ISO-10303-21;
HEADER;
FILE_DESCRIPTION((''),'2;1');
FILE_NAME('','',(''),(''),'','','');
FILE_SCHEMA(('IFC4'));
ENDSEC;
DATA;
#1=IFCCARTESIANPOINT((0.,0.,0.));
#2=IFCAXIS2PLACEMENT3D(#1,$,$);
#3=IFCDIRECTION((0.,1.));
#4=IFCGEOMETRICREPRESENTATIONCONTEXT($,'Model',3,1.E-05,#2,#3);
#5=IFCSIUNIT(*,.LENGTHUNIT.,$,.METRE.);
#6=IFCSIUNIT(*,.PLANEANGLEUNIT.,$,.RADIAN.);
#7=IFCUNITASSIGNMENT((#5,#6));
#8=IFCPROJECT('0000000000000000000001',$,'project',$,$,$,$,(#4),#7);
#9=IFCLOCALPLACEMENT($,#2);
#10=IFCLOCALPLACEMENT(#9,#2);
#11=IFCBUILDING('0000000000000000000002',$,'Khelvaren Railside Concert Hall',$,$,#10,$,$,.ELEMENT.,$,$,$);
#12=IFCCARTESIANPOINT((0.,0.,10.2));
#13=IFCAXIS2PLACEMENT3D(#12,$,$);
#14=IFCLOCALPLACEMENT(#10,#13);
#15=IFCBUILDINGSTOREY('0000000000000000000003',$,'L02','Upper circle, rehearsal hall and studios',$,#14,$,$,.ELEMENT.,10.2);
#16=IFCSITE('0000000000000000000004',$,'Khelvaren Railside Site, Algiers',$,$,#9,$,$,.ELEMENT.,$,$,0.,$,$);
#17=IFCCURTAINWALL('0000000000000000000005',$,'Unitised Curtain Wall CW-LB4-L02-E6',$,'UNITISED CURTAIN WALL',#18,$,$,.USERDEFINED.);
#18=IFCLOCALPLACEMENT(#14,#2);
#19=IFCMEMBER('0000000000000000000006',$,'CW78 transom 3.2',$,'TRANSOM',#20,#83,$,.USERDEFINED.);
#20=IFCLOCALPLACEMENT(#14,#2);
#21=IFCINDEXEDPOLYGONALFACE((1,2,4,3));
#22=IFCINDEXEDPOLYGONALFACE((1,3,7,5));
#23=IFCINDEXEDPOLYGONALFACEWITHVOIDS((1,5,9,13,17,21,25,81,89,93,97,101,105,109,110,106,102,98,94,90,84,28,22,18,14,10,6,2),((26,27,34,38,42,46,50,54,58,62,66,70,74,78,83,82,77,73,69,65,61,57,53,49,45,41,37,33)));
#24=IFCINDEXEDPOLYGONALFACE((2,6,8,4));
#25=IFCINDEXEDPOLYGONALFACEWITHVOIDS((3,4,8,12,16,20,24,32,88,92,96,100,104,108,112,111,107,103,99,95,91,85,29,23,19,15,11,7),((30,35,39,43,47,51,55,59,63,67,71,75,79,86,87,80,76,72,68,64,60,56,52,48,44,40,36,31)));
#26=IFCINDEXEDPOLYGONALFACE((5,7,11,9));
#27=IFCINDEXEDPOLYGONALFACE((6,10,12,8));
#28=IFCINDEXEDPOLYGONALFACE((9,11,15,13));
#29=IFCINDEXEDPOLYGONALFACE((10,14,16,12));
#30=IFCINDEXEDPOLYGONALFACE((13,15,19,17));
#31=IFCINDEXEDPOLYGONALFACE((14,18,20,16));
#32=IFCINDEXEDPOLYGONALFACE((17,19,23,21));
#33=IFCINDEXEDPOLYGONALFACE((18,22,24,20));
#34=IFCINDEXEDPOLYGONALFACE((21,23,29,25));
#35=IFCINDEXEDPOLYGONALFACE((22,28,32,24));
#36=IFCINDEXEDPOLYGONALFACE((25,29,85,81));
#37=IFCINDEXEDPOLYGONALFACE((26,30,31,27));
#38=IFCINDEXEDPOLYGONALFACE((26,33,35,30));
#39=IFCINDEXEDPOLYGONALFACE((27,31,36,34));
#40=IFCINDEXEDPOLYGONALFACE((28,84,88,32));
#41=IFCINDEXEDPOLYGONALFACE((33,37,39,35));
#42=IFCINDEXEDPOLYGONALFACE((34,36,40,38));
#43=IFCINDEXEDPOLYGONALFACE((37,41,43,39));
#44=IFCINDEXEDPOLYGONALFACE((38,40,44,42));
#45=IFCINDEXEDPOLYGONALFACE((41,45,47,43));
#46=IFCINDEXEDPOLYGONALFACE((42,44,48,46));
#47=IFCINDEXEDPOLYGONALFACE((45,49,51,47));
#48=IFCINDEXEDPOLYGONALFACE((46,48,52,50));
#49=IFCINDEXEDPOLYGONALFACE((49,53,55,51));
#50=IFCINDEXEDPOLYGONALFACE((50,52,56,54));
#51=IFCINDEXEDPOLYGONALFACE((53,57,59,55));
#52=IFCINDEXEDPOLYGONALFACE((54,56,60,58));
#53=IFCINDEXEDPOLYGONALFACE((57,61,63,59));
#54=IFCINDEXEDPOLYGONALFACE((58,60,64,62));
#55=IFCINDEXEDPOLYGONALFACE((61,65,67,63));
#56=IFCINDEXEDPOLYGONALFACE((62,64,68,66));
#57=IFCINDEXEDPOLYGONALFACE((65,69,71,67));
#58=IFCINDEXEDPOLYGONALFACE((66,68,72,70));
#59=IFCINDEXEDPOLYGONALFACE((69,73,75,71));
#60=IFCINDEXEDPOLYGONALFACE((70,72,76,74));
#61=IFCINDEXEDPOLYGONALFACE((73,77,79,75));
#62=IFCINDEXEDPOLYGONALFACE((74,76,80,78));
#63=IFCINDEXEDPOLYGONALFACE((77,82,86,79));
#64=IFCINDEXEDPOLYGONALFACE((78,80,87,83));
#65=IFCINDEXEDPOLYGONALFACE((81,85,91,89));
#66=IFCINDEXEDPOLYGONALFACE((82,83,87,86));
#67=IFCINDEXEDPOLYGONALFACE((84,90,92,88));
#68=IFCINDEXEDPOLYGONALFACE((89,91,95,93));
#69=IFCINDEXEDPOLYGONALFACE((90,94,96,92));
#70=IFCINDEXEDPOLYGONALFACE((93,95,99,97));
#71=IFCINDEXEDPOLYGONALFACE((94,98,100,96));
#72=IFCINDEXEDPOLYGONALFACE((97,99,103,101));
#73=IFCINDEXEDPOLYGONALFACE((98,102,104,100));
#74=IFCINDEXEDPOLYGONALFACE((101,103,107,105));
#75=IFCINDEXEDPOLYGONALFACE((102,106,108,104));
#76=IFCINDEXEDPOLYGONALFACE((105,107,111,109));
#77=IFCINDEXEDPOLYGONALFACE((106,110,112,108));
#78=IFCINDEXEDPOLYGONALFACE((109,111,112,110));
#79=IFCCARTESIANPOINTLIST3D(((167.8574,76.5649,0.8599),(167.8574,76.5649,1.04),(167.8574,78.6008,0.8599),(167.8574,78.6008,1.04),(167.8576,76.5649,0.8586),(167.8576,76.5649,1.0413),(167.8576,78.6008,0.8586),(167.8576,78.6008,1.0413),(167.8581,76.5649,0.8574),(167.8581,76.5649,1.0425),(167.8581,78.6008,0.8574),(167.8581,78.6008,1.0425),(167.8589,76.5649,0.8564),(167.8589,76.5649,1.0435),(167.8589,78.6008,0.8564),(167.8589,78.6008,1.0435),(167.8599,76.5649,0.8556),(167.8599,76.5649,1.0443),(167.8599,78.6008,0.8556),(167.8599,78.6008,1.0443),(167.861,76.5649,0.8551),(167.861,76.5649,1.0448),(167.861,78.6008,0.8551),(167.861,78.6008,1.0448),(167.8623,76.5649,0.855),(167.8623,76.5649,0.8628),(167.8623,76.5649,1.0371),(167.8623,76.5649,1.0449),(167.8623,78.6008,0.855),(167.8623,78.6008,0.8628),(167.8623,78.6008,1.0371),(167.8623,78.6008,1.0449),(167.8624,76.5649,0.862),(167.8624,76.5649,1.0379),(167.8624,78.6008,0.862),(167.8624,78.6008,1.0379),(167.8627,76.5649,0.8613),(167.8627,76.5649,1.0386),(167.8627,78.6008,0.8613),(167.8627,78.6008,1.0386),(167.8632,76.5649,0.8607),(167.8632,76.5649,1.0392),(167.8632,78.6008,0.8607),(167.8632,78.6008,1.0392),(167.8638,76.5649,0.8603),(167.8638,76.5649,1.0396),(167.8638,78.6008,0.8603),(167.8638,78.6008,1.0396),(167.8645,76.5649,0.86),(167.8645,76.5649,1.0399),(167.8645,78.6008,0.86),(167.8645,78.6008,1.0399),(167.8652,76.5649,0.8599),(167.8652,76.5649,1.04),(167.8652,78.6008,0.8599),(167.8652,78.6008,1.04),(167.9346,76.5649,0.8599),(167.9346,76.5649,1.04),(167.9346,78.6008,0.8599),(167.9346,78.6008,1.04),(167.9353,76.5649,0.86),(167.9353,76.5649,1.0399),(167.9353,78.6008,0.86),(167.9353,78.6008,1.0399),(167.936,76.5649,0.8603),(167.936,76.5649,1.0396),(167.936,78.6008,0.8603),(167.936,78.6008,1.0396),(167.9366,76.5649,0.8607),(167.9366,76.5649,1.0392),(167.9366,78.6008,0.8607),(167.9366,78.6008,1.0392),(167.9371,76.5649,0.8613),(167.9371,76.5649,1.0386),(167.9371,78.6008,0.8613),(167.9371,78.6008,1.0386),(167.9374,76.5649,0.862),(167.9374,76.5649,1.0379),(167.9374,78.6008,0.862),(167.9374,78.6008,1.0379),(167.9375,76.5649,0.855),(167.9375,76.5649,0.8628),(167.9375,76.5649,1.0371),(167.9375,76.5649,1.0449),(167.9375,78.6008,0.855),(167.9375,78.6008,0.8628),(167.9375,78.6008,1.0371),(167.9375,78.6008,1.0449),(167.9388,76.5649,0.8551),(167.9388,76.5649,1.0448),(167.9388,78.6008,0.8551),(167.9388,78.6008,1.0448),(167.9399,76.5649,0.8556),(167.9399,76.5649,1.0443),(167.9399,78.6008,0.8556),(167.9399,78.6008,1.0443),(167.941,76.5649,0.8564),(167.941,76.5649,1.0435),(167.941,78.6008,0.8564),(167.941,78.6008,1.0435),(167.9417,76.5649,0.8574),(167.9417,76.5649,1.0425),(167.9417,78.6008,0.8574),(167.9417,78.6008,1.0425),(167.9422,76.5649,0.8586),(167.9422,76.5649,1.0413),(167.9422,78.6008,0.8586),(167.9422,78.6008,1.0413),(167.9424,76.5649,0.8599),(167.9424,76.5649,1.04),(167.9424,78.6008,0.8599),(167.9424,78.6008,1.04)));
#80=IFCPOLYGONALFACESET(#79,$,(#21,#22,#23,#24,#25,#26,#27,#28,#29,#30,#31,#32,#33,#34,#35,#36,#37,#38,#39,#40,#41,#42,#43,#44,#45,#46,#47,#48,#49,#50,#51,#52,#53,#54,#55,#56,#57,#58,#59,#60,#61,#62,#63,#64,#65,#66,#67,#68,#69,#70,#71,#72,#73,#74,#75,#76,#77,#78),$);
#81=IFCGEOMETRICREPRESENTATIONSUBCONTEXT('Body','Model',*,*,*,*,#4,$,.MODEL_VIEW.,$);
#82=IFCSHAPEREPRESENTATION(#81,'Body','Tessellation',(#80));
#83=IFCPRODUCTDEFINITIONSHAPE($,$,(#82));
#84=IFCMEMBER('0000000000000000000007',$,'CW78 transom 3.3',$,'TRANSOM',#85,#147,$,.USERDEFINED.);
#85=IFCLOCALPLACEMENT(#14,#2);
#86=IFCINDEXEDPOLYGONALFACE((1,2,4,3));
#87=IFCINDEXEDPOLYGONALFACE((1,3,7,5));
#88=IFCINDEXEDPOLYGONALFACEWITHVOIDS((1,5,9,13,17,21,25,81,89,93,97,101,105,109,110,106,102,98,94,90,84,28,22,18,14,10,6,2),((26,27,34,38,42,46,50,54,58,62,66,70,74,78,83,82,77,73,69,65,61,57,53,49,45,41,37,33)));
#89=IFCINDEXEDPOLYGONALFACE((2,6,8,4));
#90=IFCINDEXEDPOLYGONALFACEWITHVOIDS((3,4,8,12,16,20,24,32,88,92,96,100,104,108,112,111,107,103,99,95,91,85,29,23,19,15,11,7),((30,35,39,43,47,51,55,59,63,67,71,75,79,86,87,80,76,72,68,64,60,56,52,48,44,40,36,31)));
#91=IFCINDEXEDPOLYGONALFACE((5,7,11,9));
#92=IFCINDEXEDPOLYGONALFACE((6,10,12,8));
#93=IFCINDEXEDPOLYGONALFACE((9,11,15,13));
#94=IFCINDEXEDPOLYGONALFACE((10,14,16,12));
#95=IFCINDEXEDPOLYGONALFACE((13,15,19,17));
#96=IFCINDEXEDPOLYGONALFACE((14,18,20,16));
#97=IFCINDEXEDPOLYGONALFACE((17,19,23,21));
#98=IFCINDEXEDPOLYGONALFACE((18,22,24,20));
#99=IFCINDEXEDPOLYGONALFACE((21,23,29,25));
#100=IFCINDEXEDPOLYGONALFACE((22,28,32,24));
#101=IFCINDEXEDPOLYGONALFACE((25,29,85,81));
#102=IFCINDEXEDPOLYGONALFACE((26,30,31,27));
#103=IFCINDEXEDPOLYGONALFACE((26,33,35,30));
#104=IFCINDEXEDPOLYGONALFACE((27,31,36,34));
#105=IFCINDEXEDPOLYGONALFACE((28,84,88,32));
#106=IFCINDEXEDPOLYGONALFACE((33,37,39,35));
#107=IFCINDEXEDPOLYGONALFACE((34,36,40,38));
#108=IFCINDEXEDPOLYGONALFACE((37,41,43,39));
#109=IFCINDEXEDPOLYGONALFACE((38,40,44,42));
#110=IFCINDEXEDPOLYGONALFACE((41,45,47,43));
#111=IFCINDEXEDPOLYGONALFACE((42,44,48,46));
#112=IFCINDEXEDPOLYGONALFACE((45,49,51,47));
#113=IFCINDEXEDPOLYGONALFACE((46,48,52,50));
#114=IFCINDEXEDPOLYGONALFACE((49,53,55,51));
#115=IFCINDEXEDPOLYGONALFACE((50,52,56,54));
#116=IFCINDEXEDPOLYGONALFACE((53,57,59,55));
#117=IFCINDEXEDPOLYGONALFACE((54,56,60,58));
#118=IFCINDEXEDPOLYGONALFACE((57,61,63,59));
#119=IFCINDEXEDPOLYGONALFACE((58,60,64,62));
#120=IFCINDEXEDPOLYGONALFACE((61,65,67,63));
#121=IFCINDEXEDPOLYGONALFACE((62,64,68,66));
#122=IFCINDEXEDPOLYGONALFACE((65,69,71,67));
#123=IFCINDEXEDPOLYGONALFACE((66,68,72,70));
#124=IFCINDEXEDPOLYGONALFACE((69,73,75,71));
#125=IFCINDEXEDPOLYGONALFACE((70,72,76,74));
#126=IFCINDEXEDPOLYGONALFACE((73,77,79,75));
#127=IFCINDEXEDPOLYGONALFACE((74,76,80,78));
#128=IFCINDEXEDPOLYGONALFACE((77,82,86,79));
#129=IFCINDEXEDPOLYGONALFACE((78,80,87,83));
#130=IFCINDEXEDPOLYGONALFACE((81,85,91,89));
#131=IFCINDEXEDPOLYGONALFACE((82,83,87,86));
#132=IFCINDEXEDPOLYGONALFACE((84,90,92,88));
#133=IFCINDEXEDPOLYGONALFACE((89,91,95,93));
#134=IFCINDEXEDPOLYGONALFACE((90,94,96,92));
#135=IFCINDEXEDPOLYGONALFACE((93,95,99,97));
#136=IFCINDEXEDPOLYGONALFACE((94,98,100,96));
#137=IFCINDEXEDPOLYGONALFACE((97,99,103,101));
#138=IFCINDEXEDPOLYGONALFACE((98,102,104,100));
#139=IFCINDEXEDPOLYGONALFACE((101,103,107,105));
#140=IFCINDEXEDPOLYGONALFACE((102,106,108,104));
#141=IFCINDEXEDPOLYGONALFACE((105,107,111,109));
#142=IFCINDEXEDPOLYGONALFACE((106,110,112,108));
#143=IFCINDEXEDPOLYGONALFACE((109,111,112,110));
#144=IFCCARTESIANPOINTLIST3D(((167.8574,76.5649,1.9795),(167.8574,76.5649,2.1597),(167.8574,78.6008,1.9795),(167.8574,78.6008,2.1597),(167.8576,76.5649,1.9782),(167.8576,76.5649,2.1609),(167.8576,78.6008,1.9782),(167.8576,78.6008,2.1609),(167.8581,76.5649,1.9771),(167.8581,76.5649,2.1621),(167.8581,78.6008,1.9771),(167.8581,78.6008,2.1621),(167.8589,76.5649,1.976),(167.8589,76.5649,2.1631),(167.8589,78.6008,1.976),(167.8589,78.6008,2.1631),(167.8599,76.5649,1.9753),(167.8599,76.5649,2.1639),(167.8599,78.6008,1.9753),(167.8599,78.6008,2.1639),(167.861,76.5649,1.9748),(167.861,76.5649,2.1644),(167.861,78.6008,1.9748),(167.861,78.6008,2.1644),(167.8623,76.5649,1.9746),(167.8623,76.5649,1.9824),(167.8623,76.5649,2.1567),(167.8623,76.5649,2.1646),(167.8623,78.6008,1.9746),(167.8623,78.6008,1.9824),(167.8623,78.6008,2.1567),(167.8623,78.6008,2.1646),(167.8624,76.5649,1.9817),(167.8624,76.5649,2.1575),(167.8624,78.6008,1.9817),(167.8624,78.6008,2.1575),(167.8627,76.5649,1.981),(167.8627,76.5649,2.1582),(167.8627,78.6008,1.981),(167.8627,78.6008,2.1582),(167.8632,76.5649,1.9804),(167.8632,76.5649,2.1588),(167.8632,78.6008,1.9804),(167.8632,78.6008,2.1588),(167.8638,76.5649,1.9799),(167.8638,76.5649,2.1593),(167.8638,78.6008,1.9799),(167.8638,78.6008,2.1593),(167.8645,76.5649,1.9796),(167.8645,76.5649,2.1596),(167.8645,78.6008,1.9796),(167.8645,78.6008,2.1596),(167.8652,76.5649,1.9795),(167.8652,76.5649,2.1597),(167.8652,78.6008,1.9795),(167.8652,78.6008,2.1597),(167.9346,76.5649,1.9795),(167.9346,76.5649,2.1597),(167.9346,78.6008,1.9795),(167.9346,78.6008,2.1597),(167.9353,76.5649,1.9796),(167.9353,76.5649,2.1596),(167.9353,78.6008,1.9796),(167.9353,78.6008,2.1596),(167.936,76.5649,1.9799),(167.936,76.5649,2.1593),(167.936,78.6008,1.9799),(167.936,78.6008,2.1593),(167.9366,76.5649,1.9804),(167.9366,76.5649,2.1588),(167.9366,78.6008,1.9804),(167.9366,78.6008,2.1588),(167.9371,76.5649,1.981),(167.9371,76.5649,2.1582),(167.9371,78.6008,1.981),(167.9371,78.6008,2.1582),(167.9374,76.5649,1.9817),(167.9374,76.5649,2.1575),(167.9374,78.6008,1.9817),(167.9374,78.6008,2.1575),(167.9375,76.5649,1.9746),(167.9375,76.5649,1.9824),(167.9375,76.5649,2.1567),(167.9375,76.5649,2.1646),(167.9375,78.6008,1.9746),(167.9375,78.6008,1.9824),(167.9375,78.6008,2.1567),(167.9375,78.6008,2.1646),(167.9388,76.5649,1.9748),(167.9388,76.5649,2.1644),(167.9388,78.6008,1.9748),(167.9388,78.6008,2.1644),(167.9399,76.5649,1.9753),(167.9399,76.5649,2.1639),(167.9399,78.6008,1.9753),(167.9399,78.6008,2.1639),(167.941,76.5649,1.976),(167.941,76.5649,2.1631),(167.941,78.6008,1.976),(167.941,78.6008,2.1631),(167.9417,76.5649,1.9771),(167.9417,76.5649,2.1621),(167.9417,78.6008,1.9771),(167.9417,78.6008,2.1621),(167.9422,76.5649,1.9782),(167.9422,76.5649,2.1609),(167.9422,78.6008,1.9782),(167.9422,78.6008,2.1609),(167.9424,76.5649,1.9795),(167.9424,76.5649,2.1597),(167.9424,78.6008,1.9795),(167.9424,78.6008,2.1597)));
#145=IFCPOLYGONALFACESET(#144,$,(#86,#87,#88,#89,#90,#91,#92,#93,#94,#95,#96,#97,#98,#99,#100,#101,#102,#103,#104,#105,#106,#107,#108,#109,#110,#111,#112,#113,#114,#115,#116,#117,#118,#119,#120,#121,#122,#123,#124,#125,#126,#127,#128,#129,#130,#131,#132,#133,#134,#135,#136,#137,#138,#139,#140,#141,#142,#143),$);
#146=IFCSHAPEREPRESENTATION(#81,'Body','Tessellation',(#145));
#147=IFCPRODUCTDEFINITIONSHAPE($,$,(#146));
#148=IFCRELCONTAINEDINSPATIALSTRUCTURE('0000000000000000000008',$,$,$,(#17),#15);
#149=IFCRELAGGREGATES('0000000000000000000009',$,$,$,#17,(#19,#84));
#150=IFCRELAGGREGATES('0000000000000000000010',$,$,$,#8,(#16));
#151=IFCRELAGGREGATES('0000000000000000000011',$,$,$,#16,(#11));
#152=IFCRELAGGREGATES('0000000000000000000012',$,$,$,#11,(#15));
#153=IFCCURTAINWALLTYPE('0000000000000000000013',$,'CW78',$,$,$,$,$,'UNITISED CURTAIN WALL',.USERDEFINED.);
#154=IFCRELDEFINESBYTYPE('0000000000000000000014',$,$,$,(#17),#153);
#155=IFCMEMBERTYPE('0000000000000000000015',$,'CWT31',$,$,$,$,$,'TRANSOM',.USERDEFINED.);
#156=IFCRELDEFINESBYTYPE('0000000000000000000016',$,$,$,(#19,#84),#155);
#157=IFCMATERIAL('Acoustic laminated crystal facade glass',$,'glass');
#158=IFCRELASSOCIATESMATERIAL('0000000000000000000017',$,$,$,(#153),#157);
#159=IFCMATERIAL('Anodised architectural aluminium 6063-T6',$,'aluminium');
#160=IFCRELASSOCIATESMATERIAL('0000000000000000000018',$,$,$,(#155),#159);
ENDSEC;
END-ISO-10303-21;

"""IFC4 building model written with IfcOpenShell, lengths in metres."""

from ifc_helpers import new_model, si_unit, direction, frame, origin, origin_2d, place, context, subcontext, project, spatial, hollow_rectangle, extrude, material, material_profile, profile_set, type_object, element, aggregate, save


model = new_model("IFC4")

# Units and contexts
model_context = context("Model", 3, precision=1e-05, world=origin(), true_north=direction((0.0, 1.0)))
body_context = subcontext(model_context, "Body", "Model", "MODEL_VIEW")
ifc_project = project(units=[si_unit("LENGTHUNIT", "METRE"), si_unit("PLANEANGLEUNIT", "RADIAN")], contexts=[model_context])

# Site, building, storey
site_placement = place(None, origin())
site = spatial("IfcSite", under=ifc_project, at=site_placement, Name="Khelvaren Railside Site, Algiers", CompositionType="ELEMENT", RefElevation=0.0)
building_placement = place(site_placement, origin())
building = spatial("IfcBuilding", under=site, at=building_placement, Name="Khelvaren Railside Concert Hall", CompositionType="ELEMENT")
storey_placement = place(building_placement, frame((0.0, 0.0, 10.2)))
storey = spatial("IfcBuildingStorey", under=building, at=storey_placement, Name="L02", Description="Upper circle, rehearsal hall and studios", CompositionType="ELEMENT", Elevation=10.2)

# Curtain wall, members
ifc_material_1 = material(Name="Acoustic laminated crystal facade glass", Category="glass")
curtain_wall_type = type_object("IfcCurtainWallType", Name="CW78", ElementType="UNITISED CURTAIN WALL", PredefinedType="USERDEFINED", material=ifc_material_1)
ifc_material_2 = material(Name="Anodised architectural aluminium 6063-T6", Category="aluminium")
ifc_material_profile_1 = material_profile(ifc_material_2, hollow_rectangle(XDim=0.085, YDim=0.1899, WallThickness=0.0049, InnerFilletRadius=0.0029, OuterFilletRadius=0.0049, at=origin_2d()), Name="CWT 85x190x5")
ifc_profile_set_1 = profile_set([ifc_material_profile_1], Name="Anodised architectural aluminium 6063-T6")
member_type_1 = type_object("IfcMemberType", Name="CWT31", ElementType="TRANSOM", PredefinedType="USERDEFINED", material=ifc_profile_set_1)
curtain_wall_1_placement = place(storey_placement, origin())
curtain_wall_1 = element("IfcCurtainWall", 1, at=curtain_wall_1_placement, inside=storey, type_object=curtain_wall_type, Name="Unitised Curtain Wall CW-LB4-L02-E6", ObjectType="UNITISED CURTAIN WALL", PredefinedType="USERDEFINED")
member_1_placement = place(storey_placement, frame((167.8999, 78.6008, 0.95), z_axis=(0.0, -1.0, 0.0), x_axis=(1.0, 0.0, 0.0)))
member_1 = element("IfcMember", 2, at=member_1_placement, type_object=member_type_1, Name="CW78 transom 3.2", ObjectType="TRANSOM", PredefinedType="USERDEFINED", context=body_context, shape_type="SweptSolid", body=[
    extrude(hollow_rectangle(XDim=0.085, YDim=0.1899, WallThickness=0.0049, InnerFilletRadius=0.0029, OuterFilletRadius=0.0049, at=origin_2d()), origin(), (0.0, 0.0, 1.0), 2.0359),
])
member_2_placement = place(storey_placement, frame((167.8999, 78.6008, 2.0696), z_axis=(0.0, -1.0, 0.0), x_axis=(1.0, 0.0, 0.0)))
member_2 = element("IfcMember", 3, at=member_2_placement, type_object=member_type_1, Name="CW78 transom 3.3", ObjectType="TRANSOM", PredefinedType="USERDEFINED", context=body_context, shape_type="SweptSolid", body=[
    extrude(hollow_rectangle(XDim=0.085, YDim=0.1899, WallThickness=0.0049, InnerFilletRadius=0.0029, OuterFilletRadius=0.0049, at=origin_2d()), origin(), (0.0, 0.0, 1.0), 2.0359),
])

aggregate(curtain_wall_1, [member_1, member_2])

save(model, "model.ifc")
